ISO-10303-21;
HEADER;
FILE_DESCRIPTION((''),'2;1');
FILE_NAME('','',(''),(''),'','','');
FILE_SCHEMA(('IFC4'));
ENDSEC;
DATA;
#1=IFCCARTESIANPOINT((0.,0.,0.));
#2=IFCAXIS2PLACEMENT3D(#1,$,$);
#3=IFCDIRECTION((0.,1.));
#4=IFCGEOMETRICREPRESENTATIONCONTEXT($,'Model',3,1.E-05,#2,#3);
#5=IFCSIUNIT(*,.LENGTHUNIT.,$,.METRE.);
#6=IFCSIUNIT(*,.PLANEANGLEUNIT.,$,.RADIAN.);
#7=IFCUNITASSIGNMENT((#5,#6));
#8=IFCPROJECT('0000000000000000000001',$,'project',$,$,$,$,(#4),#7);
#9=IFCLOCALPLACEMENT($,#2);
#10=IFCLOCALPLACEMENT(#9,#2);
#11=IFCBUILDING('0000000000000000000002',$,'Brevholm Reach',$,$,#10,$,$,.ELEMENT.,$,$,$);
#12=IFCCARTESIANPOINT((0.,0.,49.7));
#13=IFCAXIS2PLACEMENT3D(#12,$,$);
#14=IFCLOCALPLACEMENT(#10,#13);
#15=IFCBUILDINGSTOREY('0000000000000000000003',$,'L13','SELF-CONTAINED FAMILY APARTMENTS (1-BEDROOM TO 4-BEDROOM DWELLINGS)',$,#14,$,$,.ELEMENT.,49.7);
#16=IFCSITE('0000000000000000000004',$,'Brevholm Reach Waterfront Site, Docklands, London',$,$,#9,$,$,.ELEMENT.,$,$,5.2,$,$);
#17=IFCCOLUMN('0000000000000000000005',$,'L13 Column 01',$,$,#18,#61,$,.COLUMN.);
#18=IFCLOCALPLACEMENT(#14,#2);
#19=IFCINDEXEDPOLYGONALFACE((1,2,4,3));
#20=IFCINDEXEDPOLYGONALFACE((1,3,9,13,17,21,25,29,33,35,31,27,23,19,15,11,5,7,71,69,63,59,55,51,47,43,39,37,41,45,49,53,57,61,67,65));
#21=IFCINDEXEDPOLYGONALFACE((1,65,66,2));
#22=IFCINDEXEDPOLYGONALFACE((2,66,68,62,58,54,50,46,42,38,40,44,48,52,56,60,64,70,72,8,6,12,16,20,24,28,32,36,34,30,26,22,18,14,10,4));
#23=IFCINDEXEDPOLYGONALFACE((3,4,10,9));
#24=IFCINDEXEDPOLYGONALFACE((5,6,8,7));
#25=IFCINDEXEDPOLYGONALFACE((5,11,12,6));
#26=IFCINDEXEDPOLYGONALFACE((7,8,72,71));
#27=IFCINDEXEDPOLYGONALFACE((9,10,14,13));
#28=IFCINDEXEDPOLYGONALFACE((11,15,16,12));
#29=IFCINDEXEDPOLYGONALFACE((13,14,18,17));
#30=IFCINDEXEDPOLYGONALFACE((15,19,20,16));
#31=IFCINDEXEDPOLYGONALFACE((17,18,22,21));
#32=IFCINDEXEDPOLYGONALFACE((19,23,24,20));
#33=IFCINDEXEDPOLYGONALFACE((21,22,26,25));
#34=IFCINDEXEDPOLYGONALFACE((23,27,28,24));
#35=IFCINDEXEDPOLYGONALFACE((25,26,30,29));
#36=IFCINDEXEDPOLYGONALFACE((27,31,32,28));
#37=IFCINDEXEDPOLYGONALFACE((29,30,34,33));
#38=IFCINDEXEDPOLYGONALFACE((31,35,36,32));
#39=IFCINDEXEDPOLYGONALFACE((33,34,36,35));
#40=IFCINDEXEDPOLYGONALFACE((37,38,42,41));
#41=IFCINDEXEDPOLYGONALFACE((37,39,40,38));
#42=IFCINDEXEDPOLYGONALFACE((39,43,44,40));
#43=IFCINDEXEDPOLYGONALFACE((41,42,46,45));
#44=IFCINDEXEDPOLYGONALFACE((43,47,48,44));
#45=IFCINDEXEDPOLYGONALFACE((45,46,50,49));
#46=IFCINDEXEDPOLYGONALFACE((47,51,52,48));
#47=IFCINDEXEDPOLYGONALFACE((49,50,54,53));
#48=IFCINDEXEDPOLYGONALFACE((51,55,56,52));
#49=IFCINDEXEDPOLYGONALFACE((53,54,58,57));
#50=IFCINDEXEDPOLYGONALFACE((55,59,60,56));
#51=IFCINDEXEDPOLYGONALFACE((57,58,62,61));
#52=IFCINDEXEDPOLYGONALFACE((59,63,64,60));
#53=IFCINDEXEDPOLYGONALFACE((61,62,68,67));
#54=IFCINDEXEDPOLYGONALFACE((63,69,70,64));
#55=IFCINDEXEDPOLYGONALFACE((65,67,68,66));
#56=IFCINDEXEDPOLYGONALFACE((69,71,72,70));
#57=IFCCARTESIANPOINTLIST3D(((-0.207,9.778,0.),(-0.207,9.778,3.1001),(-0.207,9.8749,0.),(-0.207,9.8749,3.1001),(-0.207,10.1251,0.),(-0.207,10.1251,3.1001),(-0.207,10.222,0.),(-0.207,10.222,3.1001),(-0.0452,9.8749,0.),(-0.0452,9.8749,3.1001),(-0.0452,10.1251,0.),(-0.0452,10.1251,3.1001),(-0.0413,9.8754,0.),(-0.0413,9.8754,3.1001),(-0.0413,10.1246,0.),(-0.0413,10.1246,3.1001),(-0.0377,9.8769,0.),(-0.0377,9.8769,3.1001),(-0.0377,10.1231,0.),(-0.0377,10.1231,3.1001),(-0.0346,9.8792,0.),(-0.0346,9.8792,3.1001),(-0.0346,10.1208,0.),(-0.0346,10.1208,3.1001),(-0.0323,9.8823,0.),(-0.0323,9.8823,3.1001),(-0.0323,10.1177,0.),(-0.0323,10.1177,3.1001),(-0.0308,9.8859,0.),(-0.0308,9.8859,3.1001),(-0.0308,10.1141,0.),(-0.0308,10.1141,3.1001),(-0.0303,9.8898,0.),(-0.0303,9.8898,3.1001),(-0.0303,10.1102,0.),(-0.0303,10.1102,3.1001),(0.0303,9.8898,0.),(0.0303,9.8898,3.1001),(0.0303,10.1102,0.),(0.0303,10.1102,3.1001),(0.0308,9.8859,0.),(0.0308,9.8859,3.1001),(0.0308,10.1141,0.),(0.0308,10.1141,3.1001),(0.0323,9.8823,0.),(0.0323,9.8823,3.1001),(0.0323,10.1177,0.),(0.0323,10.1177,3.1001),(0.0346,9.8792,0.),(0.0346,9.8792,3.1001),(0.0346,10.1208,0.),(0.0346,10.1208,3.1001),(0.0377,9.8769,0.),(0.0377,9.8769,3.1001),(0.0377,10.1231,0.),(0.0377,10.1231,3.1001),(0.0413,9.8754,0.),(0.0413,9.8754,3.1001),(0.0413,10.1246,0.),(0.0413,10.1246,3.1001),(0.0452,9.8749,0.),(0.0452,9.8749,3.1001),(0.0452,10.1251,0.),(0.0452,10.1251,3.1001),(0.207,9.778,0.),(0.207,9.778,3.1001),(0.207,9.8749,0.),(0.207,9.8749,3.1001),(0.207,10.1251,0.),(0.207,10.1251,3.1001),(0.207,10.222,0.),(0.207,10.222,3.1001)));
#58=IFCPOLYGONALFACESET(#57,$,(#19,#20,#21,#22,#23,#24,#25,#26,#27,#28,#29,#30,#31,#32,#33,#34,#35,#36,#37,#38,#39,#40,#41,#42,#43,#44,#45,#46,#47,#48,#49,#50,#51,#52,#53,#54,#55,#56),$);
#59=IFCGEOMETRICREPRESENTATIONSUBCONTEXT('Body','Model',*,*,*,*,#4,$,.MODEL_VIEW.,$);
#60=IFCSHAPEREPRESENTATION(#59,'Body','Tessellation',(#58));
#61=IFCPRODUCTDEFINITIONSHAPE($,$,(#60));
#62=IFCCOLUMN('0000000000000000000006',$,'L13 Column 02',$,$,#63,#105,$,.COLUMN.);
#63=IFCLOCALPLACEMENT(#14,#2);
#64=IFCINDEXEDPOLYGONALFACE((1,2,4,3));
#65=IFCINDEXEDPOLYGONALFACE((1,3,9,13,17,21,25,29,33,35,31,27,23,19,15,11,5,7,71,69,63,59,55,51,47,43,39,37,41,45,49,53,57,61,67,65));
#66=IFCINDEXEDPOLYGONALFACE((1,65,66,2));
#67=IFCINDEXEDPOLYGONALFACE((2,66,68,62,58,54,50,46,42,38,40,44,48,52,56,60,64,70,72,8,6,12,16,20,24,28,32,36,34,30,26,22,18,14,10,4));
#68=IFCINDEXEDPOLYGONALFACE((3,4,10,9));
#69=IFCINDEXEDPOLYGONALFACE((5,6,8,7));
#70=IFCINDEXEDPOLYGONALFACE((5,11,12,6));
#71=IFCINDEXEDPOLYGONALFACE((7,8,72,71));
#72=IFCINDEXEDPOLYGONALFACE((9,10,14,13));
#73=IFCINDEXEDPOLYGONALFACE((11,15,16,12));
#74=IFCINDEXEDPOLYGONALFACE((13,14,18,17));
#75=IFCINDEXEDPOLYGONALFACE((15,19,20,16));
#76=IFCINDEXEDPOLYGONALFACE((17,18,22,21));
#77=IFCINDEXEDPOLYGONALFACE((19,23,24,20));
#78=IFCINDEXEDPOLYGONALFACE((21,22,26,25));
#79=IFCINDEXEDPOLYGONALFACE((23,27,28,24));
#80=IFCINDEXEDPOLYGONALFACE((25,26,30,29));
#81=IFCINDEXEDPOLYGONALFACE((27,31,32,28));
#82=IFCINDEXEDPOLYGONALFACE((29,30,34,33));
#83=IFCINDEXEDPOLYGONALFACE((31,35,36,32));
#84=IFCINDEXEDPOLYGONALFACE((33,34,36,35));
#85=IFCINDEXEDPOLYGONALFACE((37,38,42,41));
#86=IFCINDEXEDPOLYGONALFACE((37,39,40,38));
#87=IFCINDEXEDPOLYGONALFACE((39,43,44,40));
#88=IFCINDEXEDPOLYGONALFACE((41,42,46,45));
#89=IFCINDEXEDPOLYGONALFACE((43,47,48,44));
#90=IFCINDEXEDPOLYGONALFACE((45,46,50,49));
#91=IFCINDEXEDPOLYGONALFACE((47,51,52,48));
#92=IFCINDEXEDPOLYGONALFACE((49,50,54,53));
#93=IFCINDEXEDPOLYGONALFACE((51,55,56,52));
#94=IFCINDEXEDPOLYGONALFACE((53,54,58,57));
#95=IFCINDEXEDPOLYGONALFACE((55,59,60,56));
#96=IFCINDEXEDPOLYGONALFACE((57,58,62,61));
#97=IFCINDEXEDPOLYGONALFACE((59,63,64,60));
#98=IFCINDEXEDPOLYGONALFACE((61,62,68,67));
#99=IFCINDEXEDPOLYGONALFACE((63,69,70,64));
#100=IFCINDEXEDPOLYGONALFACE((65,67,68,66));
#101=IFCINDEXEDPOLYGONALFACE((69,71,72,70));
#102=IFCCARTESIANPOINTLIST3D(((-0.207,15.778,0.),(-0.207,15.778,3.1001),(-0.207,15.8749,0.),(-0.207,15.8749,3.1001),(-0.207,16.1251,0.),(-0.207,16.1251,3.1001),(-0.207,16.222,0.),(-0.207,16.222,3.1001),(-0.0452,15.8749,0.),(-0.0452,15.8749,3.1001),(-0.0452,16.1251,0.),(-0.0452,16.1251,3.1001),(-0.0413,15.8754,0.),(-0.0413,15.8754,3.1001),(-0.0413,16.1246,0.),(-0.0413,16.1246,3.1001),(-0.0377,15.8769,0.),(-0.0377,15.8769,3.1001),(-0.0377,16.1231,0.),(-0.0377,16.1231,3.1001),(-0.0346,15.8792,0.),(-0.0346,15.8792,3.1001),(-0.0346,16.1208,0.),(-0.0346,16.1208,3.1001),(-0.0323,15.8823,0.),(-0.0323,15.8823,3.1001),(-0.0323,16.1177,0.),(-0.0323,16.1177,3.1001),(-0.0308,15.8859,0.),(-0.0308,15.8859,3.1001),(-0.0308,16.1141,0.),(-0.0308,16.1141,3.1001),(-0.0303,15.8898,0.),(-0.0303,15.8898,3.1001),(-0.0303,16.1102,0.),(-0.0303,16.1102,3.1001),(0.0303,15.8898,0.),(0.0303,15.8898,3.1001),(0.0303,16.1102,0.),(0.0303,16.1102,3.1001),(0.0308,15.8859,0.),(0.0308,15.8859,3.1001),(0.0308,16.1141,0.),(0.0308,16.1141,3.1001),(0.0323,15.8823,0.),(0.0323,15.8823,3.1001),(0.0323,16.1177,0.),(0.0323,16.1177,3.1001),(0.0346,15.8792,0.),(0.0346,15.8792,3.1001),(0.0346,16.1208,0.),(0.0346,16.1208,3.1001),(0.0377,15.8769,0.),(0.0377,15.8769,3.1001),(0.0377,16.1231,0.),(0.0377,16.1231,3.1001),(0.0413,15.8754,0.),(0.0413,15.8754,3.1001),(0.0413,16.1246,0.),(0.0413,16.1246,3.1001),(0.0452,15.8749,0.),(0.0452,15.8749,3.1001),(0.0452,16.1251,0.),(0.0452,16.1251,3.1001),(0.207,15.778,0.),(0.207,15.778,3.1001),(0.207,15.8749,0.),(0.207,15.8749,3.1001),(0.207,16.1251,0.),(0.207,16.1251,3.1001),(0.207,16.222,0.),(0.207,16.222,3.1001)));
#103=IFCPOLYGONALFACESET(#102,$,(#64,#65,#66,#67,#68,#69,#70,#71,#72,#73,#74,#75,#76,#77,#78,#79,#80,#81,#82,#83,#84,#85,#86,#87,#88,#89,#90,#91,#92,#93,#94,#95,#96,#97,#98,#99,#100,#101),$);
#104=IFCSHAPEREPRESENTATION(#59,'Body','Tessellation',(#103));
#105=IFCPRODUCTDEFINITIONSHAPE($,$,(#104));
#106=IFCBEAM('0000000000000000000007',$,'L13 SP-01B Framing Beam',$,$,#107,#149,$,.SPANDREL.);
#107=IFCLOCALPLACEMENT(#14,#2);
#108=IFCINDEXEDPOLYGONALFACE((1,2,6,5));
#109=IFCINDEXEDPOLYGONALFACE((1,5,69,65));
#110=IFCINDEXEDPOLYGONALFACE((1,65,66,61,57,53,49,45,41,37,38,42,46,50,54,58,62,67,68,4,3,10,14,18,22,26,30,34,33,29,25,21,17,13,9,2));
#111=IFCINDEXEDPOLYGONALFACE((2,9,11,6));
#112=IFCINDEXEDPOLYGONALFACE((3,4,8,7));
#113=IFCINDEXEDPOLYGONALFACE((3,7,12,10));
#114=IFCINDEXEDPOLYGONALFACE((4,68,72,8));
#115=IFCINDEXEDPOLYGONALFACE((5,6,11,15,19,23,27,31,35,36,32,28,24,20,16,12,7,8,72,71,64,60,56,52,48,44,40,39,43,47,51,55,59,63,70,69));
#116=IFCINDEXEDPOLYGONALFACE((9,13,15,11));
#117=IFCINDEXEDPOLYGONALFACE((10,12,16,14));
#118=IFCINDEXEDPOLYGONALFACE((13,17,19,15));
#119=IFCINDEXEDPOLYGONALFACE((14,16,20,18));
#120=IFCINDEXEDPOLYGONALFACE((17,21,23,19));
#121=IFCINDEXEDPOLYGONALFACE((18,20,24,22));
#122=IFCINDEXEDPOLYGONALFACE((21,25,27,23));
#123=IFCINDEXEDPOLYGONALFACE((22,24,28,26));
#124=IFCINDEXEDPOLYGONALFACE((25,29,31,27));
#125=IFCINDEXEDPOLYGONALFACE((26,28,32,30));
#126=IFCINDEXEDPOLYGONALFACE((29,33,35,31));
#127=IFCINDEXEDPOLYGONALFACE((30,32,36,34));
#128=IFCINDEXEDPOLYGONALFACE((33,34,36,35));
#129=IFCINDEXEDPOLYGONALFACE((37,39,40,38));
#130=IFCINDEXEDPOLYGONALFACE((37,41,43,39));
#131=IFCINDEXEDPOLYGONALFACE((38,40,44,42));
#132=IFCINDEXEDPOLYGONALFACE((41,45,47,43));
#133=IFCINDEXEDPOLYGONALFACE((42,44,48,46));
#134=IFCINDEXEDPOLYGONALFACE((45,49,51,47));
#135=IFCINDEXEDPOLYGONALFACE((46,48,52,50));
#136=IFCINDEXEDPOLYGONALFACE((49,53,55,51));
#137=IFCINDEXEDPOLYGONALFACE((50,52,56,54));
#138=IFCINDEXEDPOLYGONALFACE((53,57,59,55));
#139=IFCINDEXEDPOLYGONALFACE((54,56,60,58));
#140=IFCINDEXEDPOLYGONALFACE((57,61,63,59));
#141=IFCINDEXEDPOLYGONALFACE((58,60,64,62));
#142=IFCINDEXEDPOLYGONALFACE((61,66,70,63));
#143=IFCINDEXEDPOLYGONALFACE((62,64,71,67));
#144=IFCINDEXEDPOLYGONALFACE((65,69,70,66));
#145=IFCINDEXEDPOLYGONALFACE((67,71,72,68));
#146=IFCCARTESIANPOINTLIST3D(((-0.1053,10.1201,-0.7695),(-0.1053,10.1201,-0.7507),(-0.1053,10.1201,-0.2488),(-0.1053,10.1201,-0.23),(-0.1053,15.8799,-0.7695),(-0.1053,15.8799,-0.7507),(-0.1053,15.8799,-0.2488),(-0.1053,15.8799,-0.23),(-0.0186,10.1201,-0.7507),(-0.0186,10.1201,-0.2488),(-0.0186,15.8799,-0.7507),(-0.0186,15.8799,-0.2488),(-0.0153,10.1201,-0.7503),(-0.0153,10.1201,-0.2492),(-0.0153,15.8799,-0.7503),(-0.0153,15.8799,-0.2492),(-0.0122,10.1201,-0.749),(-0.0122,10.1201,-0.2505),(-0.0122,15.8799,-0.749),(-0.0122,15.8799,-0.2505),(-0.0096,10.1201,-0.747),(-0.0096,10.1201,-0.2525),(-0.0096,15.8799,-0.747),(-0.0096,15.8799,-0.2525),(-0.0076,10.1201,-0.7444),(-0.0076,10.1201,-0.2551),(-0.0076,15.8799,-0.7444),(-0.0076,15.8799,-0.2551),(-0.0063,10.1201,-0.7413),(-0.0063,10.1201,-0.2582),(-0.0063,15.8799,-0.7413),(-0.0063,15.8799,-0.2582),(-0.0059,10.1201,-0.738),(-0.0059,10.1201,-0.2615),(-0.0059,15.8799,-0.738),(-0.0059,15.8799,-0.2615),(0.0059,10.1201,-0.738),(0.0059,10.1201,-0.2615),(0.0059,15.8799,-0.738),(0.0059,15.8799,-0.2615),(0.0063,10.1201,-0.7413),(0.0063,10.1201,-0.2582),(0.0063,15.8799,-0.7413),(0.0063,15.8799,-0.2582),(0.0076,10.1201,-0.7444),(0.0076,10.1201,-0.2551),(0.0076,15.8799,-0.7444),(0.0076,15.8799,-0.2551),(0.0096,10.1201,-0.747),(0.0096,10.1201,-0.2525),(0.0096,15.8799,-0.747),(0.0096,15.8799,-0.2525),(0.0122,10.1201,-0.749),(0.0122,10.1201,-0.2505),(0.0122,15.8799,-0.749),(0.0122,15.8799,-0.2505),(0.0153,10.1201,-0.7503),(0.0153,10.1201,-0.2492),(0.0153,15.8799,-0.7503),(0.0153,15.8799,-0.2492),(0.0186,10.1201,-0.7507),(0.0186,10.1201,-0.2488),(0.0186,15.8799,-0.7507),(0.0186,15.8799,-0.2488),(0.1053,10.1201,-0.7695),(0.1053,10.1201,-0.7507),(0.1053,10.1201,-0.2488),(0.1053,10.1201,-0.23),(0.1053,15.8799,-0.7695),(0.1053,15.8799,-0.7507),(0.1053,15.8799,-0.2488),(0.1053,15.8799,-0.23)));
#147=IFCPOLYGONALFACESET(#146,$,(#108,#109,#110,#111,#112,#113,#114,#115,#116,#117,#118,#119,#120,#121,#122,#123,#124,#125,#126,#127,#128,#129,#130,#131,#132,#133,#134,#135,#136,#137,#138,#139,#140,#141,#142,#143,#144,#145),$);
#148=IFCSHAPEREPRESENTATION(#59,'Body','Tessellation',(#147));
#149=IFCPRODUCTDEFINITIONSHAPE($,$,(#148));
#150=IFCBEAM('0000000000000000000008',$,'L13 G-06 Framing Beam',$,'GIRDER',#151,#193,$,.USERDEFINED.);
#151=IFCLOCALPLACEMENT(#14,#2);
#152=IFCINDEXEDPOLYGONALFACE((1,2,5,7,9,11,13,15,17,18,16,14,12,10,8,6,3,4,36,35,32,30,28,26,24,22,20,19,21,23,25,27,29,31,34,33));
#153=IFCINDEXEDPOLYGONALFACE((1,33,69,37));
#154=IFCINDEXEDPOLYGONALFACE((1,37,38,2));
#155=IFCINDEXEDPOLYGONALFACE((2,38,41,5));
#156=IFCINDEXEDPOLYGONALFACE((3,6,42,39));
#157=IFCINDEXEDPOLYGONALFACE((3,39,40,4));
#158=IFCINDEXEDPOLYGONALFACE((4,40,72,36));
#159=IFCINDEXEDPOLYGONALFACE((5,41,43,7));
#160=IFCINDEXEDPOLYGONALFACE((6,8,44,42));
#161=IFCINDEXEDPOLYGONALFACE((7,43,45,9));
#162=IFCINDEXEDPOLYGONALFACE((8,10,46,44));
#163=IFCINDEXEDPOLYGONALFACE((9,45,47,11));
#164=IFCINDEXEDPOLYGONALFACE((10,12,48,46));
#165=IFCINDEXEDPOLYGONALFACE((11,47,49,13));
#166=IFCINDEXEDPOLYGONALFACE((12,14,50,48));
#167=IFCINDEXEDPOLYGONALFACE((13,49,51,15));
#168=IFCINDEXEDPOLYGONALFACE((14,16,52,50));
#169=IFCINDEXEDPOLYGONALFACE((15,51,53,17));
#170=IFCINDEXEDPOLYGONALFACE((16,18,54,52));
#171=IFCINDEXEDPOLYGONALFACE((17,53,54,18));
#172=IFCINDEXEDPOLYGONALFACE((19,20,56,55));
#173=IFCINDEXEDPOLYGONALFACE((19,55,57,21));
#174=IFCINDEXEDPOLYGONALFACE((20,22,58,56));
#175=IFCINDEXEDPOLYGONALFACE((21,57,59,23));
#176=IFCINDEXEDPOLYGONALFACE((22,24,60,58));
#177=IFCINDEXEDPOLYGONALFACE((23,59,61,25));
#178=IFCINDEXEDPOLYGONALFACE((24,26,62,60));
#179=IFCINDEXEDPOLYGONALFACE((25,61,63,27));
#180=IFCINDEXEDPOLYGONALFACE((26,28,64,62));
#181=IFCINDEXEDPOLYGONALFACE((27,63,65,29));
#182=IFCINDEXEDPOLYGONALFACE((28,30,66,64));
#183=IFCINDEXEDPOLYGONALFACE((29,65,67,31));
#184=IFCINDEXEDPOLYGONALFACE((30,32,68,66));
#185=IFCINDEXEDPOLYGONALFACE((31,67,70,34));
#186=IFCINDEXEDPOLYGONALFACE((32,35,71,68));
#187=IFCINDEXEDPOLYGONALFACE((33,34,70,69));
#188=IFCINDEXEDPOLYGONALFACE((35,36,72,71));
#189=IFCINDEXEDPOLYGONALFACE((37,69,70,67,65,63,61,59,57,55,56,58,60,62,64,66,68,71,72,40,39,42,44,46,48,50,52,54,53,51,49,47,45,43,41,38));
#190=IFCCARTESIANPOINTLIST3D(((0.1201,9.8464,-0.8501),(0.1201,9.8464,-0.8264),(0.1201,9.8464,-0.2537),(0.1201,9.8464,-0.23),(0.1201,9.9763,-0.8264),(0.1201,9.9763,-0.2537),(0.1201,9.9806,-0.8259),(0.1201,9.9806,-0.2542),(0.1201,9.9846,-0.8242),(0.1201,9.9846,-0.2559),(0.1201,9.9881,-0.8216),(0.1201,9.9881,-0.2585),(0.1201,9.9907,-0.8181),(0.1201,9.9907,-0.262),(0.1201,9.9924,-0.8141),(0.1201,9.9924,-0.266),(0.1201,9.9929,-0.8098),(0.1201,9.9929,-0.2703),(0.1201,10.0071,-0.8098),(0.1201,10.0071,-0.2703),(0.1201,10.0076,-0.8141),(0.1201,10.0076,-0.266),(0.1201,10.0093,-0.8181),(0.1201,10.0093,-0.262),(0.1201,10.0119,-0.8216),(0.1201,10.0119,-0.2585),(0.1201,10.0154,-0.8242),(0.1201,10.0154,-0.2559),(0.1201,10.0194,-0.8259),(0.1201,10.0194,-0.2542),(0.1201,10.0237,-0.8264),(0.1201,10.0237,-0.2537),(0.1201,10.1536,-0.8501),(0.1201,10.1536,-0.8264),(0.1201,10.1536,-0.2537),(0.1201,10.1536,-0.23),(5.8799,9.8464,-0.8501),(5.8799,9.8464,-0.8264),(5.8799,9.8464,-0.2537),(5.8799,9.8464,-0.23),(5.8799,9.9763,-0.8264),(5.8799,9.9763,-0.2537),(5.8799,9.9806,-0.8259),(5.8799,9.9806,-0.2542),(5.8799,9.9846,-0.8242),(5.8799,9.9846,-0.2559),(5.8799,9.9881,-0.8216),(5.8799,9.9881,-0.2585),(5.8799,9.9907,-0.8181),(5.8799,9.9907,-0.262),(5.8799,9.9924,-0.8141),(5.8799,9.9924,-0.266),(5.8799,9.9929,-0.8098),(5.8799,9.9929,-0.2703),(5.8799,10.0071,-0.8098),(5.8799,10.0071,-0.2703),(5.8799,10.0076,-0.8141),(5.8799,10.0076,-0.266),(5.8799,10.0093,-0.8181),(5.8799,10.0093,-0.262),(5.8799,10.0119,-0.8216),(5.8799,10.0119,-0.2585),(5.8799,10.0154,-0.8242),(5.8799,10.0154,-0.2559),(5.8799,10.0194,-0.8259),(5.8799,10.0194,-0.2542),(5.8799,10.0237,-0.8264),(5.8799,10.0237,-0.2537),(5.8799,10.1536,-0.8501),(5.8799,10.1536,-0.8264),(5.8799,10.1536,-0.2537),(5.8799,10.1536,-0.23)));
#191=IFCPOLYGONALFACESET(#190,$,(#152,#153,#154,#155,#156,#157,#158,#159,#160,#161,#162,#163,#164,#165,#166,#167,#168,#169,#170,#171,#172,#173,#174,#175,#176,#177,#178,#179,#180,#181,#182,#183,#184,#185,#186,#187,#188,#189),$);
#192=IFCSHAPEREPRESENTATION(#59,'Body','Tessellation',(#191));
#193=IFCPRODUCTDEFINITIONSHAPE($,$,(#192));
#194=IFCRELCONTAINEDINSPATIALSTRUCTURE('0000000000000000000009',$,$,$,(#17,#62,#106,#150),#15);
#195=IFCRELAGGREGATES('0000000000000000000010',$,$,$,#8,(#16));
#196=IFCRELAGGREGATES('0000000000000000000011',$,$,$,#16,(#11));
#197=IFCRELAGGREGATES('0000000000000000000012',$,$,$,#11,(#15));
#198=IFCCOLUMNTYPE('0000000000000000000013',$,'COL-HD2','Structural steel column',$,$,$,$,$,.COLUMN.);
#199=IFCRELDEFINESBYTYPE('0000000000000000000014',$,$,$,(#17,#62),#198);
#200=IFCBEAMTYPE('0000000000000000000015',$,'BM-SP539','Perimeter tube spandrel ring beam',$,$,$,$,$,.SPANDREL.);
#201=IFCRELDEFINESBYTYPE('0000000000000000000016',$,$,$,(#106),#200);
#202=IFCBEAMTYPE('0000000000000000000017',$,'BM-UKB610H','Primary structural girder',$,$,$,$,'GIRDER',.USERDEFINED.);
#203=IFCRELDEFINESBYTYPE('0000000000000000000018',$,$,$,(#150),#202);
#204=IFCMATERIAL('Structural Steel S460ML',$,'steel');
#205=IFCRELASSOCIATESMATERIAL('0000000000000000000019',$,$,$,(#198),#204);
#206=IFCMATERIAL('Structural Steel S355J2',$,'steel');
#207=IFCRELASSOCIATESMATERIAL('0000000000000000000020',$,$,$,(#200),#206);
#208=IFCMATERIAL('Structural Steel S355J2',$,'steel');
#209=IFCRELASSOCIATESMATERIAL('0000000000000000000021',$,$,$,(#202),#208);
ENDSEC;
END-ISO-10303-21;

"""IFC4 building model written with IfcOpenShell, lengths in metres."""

from ifc_helpers import new_model, si_unit, direction, frame, origin, origin_2d, place, context, subcontext, project, spatial, i_section, extrude, material, material_profile, profile_set, type_object, element, save


model = new_model("IFC4")

# Units and contexts
model_context = context("Model", 3, precision=1e-05, world=origin(), true_north=direction((0.0, 1.0)))
body_context = subcontext(model_context, "Body", "Model", "MODEL_VIEW")
ifc_project = project(units=[si_unit("LENGTHUNIT", "METRE"), si_unit("PLANEANGLEUNIT", "RADIAN")], contexts=[model_context])

# Site, building, storey
site_placement = place(None, origin())
site = spatial("IfcSite", under=ifc_project, at=site_placement, Name="Brevholm Reach Waterfront Site, Docklands, London", CompositionType="ELEMENT", RefElevation=5.2)
building_placement = place(site_placement, origin())
building = spatial("IfcBuilding", under=site, at=building_placement, Name="Brevholm Reach", CompositionType="ELEMENT")
storey_placement = place(building_placement, frame((0.0, 0.0, 49.7)))
storey = spatial("IfcBuildingStorey", under=building, at=storey_placement, Name="L13", Description="SELF-CONTAINED FAMILY APARTMENTS (1-BEDROOM TO 4-BEDROOM DWELLINGS)", CompositionType="ELEMENT", Elevation=49.7)

# Columns
ifc_material_1 = material(Name="Structural Steel S460ML", Category="steel")
ifc_material_profile_1 = material_profile(ifc_material_1, i_section(OverallWidth=0.4141, OverallDepth=0.4441, WebThickness=0.0605, FlangeThickness=0.0969, FilletRadius=0.0149, at=origin_2d()), Name="HD 400x818")
ifc_profile_set_1 = profile_set([ifc_material_profile_1], Name="Structural Steel S460ML")
column_type = type_object("IfcColumnType", Name="COL-HD2", Description="Structural steel column", PredefinedType="COLUMN", material=ifc_profile_set_1)
for number, where, z_axis, x_axis, name in (
    (1, (0.0, 10.0, 0.0), (0.0, 0.0, 1.0), (1.0, 0.0, 0.0), "L13 Column 01"),
    (2, (0.0, 16.0, 0.0), (0.0, 0.0, 1.0), (1.0, 0.0, 0.0), "L13 Column 02"),
):
    element("IfcColumn", number, at=place(storey_placement, frame(where, z_axis=z_axis, x_axis=x_axis)), inside=storey, type_object=column_type, Name=name, PredefinedType="COLUMN", context=body_context, shape_type="SweptSolid", body=[
        extrude(i_section(OverallWidth=0.4141, OverallDepth=0.4441, WebThickness=0.0605, FlangeThickness=0.0969, FilletRadius=0.0149, at=origin_2d()), origin(), (0.0, 0.0, 1.0), 3.1001),
    ])

# Beams
ifc_material_2 = material(Name="Structural Steel S355J2", Category="steel")
ifc_material_profile_2 = material_profile(ifc_material_2, i_section(OverallWidth=0.2107, OverallDepth=0.5396, WebThickness=0.0117, FlangeThickness=0.0188, FilletRadius=0.0127, at=origin_2d()), Name="UKB 533x210x109")
ifc_profile_set_2 = profile_set([ifc_material_profile_2], Name="Structural Steel S355J2")
beam_type_1 = type_object("IfcBeamType", Name="BM-SP539", Description="Perimeter tube spandrel ring beam", PredefinedType="SPANDREL", material=ifc_profile_set_2)
beam_placement = place(storey_placement, frame((0.0, 10.1201, -0.4998), z_axis=(0.0, 1.0, 0.0), x_axis=(-1.0, 0.0, 0.0)))
element("IfcBeam", 3, at=beam_placement, inside=storey, type_object=beam_type_1, Name="L13 SP-01B Framing Beam", PredefinedType="SPANDREL", context=body_context, shape_type="SweptSolid", body=[
    extrude(i_section(OverallWidth=0.2107, OverallDepth=0.5396, WebThickness=0.0117, FlangeThickness=0.0188, FilletRadius=0.0127, at=origin_2d()), origin(), (0.0, 0.0, 1.0), 5.7598),
])
ifc_material_3 = material(Name="Structural Steel S355J2", Category="steel")
ifc_material_profile_3 = material_profile(ifc_material_3, i_section(OverallWidth=0.3071, OverallDepth=0.6201, WebThickness=0.0142, FlangeThickness=0.0237, FilletRadius=0.0166, at=origin_2d()), Name="UKB 610x305x179")
ifc_profile_set_3 = profile_set([ifc_material_profile_3], Name="Structural Steel S355J2")
beam_type_2 = type_object("IfcBeamType", Name="BM-UKB610H", Description="Primary structural girder", ElementType="GIRDER", PredefinedType="USERDEFINED", material=ifc_profile_set_3)
for number, where, z_axis, x_axis, name in (
    (4, (0.1201, 10.0, -0.54), (1.0, 0.0, 0.0), (0.0, 1.0, 0.0), "L13 G-06 Framing Beam"),
):
    element("IfcBeam", number, at=place(storey_placement, frame(where, z_axis=z_axis, x_axis=x_axis)), inside=storey, type_object=beam_type_2, Name=name, ObjectType="GIRDER", PredefinedType="USERDEFINED", context=body_context, shape_type="SweptSolid", body=[
        extrude(i_section(OverallWidth=0.3071, OverallDepth=0.6201, WebThickness=0.0142, FlangeThickness=0.0237, FilletRadius=0.0166, at=origin_2d()), origin(), (0.0, 0.0, 1.0), 5.7598),
    ])

save(model, "model.ifc")
